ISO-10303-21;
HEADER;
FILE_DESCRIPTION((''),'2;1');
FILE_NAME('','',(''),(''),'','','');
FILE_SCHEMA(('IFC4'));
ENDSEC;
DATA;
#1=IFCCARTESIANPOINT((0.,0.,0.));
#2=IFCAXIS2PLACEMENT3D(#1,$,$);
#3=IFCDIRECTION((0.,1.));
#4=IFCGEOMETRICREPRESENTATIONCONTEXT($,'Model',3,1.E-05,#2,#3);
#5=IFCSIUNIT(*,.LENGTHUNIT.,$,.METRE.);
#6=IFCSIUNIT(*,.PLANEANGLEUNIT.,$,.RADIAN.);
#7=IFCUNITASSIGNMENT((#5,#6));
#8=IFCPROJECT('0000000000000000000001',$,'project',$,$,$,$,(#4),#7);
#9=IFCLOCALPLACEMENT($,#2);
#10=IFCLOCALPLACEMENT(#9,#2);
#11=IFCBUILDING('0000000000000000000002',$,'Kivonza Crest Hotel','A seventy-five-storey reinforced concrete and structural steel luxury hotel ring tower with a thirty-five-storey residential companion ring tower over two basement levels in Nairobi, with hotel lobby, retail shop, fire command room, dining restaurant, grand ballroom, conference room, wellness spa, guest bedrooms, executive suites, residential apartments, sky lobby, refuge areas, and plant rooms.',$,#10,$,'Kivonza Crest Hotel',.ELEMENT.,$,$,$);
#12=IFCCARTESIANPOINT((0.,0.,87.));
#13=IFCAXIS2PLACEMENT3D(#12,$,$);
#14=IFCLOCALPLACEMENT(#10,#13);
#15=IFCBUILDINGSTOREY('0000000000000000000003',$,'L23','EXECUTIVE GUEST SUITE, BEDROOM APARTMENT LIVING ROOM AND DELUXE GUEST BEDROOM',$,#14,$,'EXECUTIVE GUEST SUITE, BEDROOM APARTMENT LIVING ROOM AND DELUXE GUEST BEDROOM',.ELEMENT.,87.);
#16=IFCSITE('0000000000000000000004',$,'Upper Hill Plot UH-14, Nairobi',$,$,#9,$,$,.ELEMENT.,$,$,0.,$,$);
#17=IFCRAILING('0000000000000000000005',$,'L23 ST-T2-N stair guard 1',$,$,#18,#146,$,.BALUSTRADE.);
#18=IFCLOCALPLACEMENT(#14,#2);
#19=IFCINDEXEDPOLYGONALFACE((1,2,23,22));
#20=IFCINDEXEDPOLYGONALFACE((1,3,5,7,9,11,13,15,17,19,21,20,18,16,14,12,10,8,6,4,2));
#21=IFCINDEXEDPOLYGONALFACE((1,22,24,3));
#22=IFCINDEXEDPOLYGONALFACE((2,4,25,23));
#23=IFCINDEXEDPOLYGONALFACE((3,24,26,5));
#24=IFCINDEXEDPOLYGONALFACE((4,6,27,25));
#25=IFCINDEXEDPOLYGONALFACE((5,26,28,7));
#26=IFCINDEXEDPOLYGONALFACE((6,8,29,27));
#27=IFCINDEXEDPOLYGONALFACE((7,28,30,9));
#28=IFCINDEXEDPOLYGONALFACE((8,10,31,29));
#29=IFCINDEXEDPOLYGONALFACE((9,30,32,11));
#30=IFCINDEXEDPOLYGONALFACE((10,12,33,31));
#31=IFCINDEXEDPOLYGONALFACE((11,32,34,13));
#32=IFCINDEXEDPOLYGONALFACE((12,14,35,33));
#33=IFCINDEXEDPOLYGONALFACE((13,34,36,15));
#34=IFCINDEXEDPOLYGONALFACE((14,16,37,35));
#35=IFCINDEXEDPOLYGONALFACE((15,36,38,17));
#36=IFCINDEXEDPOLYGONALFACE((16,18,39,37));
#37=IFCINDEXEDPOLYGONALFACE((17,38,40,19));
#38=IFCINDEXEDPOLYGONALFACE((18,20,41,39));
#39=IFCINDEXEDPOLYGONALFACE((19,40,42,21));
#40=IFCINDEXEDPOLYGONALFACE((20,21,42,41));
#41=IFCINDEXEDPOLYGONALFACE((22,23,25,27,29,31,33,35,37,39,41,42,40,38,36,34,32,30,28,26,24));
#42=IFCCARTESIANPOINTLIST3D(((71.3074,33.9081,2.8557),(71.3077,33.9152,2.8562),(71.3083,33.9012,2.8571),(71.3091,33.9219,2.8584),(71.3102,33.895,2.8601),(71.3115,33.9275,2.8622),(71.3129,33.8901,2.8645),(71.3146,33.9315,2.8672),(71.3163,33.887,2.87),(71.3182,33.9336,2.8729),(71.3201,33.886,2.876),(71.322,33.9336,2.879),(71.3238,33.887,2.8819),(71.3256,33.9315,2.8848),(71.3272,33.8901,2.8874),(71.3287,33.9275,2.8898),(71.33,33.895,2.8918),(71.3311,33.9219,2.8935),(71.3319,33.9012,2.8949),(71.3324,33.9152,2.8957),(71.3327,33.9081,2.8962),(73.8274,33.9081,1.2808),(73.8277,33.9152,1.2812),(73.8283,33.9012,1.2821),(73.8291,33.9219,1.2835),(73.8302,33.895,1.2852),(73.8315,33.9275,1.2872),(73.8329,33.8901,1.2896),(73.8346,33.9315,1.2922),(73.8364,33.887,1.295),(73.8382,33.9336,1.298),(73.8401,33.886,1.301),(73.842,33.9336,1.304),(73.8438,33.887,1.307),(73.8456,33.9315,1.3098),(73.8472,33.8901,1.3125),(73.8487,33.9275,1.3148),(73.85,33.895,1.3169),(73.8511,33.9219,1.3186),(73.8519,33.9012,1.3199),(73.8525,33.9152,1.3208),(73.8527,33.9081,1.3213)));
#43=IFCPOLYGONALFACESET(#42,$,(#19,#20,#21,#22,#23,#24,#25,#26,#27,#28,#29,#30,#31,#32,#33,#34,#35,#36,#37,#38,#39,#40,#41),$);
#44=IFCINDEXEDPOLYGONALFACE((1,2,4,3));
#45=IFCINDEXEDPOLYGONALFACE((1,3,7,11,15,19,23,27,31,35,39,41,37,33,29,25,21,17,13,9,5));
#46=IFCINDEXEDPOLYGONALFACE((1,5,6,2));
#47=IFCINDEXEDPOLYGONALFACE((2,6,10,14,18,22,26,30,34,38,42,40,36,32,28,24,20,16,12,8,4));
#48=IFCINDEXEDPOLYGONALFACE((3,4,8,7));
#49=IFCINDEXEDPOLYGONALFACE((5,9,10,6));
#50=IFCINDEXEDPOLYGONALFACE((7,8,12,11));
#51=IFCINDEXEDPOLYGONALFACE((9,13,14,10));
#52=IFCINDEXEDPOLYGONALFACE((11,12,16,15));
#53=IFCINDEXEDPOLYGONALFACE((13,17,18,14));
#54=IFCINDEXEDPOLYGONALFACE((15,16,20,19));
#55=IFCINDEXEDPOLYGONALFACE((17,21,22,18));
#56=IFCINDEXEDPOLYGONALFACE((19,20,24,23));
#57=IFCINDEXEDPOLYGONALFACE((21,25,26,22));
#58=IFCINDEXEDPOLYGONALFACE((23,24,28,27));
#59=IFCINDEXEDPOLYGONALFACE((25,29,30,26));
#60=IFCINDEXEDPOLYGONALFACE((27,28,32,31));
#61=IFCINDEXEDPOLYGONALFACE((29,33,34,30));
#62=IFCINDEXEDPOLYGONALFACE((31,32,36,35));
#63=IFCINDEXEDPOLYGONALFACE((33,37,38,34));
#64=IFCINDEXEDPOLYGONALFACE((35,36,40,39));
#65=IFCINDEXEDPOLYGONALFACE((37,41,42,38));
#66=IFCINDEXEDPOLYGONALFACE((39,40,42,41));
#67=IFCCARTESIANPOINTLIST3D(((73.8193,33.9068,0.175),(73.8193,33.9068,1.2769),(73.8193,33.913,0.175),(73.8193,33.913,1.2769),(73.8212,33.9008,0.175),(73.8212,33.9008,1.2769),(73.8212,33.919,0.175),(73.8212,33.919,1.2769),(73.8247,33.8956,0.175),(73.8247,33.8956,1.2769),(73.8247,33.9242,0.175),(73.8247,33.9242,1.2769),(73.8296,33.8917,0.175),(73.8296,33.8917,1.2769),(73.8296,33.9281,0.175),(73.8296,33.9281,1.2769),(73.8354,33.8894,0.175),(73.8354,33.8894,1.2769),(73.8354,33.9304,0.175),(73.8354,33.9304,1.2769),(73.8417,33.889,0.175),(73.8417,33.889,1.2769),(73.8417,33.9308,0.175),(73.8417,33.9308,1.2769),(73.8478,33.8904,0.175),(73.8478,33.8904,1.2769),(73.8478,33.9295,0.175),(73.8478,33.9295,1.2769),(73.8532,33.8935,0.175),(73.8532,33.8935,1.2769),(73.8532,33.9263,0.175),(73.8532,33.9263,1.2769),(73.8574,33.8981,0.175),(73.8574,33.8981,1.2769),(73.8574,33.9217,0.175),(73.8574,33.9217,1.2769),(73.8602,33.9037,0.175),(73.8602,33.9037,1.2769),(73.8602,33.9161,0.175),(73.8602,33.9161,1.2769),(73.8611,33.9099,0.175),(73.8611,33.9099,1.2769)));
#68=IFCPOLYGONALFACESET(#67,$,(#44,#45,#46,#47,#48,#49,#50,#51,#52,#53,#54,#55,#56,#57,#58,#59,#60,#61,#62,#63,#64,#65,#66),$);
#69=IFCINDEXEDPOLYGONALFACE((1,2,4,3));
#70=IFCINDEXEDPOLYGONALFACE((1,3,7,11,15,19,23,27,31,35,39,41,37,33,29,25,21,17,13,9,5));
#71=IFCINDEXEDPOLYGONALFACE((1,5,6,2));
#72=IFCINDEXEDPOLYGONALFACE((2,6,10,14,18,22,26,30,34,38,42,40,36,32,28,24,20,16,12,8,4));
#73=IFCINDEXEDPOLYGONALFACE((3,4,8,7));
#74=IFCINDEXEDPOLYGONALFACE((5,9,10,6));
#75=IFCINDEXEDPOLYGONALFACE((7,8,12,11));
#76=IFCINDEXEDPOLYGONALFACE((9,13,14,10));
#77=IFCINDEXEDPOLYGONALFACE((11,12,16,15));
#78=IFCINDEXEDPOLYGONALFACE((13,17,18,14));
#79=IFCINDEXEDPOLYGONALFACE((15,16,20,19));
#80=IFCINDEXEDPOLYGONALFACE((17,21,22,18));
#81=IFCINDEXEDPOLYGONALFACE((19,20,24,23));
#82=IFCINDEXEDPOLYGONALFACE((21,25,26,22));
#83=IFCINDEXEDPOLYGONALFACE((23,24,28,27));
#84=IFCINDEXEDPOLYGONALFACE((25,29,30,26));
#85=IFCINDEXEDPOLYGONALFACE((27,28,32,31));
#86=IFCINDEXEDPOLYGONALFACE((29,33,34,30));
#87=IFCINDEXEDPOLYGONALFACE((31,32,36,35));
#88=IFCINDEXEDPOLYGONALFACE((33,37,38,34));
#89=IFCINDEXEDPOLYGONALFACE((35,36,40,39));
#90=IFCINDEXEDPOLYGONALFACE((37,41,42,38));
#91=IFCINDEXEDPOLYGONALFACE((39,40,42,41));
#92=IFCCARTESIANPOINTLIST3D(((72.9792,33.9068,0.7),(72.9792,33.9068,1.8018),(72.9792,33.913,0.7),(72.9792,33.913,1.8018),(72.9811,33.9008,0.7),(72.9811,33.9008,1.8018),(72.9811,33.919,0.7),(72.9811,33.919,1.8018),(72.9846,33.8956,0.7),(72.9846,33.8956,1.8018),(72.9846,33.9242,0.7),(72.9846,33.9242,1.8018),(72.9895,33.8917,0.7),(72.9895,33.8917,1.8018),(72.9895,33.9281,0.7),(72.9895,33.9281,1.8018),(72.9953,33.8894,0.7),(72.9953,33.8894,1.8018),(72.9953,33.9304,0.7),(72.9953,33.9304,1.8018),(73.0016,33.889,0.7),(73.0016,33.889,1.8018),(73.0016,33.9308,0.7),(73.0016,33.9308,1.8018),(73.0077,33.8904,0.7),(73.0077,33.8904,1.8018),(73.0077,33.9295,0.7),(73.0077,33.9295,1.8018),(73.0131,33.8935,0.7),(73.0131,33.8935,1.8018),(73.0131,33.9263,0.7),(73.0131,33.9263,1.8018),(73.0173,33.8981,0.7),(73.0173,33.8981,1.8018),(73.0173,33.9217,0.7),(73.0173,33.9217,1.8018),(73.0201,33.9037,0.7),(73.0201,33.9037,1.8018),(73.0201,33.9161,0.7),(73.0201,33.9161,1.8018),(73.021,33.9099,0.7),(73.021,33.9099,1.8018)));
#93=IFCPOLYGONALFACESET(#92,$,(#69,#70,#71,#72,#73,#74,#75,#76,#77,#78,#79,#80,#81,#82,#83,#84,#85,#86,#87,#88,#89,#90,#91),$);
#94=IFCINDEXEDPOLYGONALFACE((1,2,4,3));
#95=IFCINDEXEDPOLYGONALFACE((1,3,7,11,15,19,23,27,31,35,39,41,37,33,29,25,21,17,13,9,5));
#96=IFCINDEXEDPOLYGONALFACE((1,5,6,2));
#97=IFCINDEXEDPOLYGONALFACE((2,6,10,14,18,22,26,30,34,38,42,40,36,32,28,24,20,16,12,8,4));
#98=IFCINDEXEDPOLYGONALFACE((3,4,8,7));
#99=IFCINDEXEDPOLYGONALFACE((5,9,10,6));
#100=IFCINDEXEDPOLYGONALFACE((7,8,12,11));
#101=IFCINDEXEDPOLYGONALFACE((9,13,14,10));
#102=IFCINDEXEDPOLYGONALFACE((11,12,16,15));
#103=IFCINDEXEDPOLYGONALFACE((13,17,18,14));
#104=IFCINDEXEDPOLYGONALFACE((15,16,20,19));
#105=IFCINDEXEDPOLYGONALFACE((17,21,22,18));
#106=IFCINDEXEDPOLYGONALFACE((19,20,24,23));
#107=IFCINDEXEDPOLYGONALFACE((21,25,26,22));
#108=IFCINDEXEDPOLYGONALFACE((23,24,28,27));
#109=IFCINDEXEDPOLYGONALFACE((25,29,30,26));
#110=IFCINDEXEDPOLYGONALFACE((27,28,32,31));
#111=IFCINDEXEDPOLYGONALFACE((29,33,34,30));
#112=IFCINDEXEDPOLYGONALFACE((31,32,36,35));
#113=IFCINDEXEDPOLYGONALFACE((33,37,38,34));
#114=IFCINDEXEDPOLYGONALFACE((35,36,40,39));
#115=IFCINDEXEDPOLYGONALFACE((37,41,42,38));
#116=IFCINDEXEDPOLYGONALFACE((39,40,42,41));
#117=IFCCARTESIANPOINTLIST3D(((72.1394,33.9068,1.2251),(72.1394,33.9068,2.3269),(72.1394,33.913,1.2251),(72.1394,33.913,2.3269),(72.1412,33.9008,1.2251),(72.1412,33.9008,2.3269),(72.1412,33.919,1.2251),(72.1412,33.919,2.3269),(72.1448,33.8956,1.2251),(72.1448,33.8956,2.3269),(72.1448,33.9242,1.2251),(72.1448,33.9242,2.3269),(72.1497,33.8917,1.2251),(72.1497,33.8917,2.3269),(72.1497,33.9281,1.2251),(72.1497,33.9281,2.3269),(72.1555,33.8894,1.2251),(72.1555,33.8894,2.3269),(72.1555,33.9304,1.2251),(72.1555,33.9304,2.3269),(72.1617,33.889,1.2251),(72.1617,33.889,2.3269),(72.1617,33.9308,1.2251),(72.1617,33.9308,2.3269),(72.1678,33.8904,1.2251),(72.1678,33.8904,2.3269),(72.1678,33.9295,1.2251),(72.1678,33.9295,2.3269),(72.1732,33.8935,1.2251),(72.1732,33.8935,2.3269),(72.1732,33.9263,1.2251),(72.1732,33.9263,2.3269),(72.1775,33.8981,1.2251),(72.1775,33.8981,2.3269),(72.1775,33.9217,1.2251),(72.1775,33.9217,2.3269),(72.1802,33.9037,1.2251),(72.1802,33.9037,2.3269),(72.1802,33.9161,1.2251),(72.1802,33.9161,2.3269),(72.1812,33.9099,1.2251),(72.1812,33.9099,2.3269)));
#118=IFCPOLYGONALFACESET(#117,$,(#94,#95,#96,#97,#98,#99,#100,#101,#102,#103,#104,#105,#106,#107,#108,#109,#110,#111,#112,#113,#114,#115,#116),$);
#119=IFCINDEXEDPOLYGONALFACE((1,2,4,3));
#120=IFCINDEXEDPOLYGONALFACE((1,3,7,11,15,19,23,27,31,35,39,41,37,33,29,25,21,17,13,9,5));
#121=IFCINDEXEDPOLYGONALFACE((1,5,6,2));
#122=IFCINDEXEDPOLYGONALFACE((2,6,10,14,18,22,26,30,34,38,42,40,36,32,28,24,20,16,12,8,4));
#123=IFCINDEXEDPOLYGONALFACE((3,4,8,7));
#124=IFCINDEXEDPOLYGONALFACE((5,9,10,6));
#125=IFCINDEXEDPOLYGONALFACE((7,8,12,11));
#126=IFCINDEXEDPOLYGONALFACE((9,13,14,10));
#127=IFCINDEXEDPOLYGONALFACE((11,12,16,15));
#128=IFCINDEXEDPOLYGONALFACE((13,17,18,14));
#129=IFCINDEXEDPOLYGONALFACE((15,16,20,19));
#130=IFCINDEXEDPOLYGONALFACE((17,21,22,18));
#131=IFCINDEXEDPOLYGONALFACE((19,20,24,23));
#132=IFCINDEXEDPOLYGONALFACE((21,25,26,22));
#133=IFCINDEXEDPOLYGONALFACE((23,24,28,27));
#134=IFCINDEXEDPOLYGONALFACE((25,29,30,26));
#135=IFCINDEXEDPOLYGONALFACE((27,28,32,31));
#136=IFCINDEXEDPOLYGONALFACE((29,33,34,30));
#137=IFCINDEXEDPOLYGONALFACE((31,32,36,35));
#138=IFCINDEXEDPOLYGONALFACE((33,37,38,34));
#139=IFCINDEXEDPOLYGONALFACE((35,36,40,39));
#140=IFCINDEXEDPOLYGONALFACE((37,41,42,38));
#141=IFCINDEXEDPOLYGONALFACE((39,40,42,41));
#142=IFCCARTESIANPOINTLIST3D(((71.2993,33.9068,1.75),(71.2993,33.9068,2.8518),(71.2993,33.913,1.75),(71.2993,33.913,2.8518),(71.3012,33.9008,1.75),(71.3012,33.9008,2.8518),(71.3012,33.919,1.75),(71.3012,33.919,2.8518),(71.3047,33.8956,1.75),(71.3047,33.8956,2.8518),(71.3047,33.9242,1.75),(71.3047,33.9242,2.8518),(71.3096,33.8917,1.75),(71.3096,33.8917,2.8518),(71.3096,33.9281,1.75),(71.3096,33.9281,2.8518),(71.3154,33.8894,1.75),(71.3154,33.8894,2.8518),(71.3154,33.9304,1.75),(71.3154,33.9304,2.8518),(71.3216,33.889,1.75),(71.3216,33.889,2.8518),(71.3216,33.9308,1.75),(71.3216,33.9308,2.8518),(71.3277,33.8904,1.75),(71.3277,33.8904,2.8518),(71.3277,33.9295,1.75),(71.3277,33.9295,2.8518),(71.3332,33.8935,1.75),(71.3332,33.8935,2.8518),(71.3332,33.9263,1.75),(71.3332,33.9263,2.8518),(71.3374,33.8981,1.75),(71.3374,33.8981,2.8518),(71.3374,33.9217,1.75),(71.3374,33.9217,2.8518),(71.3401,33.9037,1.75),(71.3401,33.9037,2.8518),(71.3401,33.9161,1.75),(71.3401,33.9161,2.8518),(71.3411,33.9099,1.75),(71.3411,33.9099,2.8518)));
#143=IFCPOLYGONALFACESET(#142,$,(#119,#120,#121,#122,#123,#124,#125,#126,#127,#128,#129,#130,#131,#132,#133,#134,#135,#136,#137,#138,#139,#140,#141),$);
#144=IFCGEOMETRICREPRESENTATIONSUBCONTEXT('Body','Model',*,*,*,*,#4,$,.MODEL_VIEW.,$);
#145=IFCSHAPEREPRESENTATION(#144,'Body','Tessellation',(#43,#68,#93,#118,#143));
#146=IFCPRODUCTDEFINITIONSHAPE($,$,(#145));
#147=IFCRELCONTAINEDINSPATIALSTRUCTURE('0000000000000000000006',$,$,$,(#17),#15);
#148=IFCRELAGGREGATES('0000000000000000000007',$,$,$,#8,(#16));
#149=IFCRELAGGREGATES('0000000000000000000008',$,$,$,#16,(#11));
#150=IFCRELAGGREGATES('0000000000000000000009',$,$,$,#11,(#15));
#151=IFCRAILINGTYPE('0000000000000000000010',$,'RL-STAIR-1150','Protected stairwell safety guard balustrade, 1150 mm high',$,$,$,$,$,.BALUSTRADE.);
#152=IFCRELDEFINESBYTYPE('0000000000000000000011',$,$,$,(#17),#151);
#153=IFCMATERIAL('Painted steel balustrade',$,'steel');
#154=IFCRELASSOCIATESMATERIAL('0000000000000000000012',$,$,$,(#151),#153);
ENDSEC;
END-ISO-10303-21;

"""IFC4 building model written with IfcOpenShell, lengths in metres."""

from ifc_helpers import new_model, si_unit, direction, frame, origin, origin_2d, place, context, subcontext, project, spatial, circle, extrude, material, type_object, element, save


model = new_model("IFC4")

# Units and contexts
model_context = context("Model", 3, precision=1e-05, world=origin(), true_north=direction((0.0, 1.0)))
body_context = subcontext(model_context, "Body", "Model", "MODEL_VIEW")
ifc_project = project(units=[si_unit("LENGTHUNIT", "METRE"), si_unit("PLANEANGLEUNIT", "RADIAN")], contexts=[model_context])

# Site, building, storey
site_placement = place(None, origin())
site = spatial("IfcSite", under=ifc_project, at=site_placement, Name="Upper Hill Plot UH-14, Nairobi", CompositionType="ELEMENT", RefElevation=0.0)
building_placement = place(site_placement, origin())
building = spatial("IfcBuilding", under=site, at=building_placement, Name="Kivonza Crest Hotel", Description="A seventy-five-storey reinforced concrete and structural steel luxury hotel ring tower with a thirty-five-storey residential companion ring tower over two basement levels in Nairobi, with hotel lobby, retail shop, fire command room, dining restaurant, grand ballroom, conference room, wellness spa, guest bedrooms, executive suites, residential apartments, sky lobby, refuge areas, and plant rooms.", LongName="Kivonza Crest Hotel", CompositionType="ELEMENT")
storey_placement = place(building_placement, frame((0.0, 0.0, 87.0)))
storey = spatial("IfcBuildingStorey", under=building, at=storey_placement, Name="L23", Description="EXECUTIVE GUEST SUITE, BEDROOM APARTMENT LIVING ROOM AND DELUXE GUEST BEDROOM", LongName="EXECUTIVE GUEST SUITE, BEDROOM APARTMENT LIVING ROOM AND DELUXE GUEST BEDROOM", CompositionType="ELEMENT", Elevation=87.0)

# Railing
ifc_material_1 = material(Name="Painted steel balustrade", Category="steel")
railing_type_1 = type_object("IfcRailingType", Name="RL-STAIR-1150", Description="Protected stairwell safety guard balustrade, 1150 mm high", PredefinedType="BALUSTRADE", material=ifc_material_1)
railing_1_placement = place(storey_placement, frame((73.8401, 33.9099, 0.175)))
element("IfcRailing", 1, at=railing_1_placement, inside=storey, type_object=railing_type_1, Name="L23 ST-T2-N stair guard 1", PredefinedType="BALUSTRADE", context=body_context, shape_type="SweptSolid", body=[
    extrude(circle(Radius=0.0239, at=origin_2d()), frame((0.0, 0.0, 1.126), z_axis=(-0.848008, 0.0, 0.529984), x_axis=(0.0, -1.0, 0.0)), (0.0, 0.0, 1.0), 2.9717),
    extrude(circle(Radius=0.021, at=origin_2d()), origin(), (0.0, 0.0, 1.0), 1.1018),
    extrude(circle(Radius=0.021, at=origin_2d()), frame((-0.8401, 0.0, 0.5249)), (0.0, 0.0, 1.0), 1.1018),
    extrude(circle(Radius=0.021, at=origin_2d()), frame((-1.6799, 0.0, 1.05)), (0.0, 0.0, 1.0), 1.1018),
    extrude(circle(Radius=0.021, at=origin_2d()), frame((-2.52, 0.0, 1.575)), (0.0, 0.0, 1.0), 1.1018),
])

save(model, "model.ifc")
